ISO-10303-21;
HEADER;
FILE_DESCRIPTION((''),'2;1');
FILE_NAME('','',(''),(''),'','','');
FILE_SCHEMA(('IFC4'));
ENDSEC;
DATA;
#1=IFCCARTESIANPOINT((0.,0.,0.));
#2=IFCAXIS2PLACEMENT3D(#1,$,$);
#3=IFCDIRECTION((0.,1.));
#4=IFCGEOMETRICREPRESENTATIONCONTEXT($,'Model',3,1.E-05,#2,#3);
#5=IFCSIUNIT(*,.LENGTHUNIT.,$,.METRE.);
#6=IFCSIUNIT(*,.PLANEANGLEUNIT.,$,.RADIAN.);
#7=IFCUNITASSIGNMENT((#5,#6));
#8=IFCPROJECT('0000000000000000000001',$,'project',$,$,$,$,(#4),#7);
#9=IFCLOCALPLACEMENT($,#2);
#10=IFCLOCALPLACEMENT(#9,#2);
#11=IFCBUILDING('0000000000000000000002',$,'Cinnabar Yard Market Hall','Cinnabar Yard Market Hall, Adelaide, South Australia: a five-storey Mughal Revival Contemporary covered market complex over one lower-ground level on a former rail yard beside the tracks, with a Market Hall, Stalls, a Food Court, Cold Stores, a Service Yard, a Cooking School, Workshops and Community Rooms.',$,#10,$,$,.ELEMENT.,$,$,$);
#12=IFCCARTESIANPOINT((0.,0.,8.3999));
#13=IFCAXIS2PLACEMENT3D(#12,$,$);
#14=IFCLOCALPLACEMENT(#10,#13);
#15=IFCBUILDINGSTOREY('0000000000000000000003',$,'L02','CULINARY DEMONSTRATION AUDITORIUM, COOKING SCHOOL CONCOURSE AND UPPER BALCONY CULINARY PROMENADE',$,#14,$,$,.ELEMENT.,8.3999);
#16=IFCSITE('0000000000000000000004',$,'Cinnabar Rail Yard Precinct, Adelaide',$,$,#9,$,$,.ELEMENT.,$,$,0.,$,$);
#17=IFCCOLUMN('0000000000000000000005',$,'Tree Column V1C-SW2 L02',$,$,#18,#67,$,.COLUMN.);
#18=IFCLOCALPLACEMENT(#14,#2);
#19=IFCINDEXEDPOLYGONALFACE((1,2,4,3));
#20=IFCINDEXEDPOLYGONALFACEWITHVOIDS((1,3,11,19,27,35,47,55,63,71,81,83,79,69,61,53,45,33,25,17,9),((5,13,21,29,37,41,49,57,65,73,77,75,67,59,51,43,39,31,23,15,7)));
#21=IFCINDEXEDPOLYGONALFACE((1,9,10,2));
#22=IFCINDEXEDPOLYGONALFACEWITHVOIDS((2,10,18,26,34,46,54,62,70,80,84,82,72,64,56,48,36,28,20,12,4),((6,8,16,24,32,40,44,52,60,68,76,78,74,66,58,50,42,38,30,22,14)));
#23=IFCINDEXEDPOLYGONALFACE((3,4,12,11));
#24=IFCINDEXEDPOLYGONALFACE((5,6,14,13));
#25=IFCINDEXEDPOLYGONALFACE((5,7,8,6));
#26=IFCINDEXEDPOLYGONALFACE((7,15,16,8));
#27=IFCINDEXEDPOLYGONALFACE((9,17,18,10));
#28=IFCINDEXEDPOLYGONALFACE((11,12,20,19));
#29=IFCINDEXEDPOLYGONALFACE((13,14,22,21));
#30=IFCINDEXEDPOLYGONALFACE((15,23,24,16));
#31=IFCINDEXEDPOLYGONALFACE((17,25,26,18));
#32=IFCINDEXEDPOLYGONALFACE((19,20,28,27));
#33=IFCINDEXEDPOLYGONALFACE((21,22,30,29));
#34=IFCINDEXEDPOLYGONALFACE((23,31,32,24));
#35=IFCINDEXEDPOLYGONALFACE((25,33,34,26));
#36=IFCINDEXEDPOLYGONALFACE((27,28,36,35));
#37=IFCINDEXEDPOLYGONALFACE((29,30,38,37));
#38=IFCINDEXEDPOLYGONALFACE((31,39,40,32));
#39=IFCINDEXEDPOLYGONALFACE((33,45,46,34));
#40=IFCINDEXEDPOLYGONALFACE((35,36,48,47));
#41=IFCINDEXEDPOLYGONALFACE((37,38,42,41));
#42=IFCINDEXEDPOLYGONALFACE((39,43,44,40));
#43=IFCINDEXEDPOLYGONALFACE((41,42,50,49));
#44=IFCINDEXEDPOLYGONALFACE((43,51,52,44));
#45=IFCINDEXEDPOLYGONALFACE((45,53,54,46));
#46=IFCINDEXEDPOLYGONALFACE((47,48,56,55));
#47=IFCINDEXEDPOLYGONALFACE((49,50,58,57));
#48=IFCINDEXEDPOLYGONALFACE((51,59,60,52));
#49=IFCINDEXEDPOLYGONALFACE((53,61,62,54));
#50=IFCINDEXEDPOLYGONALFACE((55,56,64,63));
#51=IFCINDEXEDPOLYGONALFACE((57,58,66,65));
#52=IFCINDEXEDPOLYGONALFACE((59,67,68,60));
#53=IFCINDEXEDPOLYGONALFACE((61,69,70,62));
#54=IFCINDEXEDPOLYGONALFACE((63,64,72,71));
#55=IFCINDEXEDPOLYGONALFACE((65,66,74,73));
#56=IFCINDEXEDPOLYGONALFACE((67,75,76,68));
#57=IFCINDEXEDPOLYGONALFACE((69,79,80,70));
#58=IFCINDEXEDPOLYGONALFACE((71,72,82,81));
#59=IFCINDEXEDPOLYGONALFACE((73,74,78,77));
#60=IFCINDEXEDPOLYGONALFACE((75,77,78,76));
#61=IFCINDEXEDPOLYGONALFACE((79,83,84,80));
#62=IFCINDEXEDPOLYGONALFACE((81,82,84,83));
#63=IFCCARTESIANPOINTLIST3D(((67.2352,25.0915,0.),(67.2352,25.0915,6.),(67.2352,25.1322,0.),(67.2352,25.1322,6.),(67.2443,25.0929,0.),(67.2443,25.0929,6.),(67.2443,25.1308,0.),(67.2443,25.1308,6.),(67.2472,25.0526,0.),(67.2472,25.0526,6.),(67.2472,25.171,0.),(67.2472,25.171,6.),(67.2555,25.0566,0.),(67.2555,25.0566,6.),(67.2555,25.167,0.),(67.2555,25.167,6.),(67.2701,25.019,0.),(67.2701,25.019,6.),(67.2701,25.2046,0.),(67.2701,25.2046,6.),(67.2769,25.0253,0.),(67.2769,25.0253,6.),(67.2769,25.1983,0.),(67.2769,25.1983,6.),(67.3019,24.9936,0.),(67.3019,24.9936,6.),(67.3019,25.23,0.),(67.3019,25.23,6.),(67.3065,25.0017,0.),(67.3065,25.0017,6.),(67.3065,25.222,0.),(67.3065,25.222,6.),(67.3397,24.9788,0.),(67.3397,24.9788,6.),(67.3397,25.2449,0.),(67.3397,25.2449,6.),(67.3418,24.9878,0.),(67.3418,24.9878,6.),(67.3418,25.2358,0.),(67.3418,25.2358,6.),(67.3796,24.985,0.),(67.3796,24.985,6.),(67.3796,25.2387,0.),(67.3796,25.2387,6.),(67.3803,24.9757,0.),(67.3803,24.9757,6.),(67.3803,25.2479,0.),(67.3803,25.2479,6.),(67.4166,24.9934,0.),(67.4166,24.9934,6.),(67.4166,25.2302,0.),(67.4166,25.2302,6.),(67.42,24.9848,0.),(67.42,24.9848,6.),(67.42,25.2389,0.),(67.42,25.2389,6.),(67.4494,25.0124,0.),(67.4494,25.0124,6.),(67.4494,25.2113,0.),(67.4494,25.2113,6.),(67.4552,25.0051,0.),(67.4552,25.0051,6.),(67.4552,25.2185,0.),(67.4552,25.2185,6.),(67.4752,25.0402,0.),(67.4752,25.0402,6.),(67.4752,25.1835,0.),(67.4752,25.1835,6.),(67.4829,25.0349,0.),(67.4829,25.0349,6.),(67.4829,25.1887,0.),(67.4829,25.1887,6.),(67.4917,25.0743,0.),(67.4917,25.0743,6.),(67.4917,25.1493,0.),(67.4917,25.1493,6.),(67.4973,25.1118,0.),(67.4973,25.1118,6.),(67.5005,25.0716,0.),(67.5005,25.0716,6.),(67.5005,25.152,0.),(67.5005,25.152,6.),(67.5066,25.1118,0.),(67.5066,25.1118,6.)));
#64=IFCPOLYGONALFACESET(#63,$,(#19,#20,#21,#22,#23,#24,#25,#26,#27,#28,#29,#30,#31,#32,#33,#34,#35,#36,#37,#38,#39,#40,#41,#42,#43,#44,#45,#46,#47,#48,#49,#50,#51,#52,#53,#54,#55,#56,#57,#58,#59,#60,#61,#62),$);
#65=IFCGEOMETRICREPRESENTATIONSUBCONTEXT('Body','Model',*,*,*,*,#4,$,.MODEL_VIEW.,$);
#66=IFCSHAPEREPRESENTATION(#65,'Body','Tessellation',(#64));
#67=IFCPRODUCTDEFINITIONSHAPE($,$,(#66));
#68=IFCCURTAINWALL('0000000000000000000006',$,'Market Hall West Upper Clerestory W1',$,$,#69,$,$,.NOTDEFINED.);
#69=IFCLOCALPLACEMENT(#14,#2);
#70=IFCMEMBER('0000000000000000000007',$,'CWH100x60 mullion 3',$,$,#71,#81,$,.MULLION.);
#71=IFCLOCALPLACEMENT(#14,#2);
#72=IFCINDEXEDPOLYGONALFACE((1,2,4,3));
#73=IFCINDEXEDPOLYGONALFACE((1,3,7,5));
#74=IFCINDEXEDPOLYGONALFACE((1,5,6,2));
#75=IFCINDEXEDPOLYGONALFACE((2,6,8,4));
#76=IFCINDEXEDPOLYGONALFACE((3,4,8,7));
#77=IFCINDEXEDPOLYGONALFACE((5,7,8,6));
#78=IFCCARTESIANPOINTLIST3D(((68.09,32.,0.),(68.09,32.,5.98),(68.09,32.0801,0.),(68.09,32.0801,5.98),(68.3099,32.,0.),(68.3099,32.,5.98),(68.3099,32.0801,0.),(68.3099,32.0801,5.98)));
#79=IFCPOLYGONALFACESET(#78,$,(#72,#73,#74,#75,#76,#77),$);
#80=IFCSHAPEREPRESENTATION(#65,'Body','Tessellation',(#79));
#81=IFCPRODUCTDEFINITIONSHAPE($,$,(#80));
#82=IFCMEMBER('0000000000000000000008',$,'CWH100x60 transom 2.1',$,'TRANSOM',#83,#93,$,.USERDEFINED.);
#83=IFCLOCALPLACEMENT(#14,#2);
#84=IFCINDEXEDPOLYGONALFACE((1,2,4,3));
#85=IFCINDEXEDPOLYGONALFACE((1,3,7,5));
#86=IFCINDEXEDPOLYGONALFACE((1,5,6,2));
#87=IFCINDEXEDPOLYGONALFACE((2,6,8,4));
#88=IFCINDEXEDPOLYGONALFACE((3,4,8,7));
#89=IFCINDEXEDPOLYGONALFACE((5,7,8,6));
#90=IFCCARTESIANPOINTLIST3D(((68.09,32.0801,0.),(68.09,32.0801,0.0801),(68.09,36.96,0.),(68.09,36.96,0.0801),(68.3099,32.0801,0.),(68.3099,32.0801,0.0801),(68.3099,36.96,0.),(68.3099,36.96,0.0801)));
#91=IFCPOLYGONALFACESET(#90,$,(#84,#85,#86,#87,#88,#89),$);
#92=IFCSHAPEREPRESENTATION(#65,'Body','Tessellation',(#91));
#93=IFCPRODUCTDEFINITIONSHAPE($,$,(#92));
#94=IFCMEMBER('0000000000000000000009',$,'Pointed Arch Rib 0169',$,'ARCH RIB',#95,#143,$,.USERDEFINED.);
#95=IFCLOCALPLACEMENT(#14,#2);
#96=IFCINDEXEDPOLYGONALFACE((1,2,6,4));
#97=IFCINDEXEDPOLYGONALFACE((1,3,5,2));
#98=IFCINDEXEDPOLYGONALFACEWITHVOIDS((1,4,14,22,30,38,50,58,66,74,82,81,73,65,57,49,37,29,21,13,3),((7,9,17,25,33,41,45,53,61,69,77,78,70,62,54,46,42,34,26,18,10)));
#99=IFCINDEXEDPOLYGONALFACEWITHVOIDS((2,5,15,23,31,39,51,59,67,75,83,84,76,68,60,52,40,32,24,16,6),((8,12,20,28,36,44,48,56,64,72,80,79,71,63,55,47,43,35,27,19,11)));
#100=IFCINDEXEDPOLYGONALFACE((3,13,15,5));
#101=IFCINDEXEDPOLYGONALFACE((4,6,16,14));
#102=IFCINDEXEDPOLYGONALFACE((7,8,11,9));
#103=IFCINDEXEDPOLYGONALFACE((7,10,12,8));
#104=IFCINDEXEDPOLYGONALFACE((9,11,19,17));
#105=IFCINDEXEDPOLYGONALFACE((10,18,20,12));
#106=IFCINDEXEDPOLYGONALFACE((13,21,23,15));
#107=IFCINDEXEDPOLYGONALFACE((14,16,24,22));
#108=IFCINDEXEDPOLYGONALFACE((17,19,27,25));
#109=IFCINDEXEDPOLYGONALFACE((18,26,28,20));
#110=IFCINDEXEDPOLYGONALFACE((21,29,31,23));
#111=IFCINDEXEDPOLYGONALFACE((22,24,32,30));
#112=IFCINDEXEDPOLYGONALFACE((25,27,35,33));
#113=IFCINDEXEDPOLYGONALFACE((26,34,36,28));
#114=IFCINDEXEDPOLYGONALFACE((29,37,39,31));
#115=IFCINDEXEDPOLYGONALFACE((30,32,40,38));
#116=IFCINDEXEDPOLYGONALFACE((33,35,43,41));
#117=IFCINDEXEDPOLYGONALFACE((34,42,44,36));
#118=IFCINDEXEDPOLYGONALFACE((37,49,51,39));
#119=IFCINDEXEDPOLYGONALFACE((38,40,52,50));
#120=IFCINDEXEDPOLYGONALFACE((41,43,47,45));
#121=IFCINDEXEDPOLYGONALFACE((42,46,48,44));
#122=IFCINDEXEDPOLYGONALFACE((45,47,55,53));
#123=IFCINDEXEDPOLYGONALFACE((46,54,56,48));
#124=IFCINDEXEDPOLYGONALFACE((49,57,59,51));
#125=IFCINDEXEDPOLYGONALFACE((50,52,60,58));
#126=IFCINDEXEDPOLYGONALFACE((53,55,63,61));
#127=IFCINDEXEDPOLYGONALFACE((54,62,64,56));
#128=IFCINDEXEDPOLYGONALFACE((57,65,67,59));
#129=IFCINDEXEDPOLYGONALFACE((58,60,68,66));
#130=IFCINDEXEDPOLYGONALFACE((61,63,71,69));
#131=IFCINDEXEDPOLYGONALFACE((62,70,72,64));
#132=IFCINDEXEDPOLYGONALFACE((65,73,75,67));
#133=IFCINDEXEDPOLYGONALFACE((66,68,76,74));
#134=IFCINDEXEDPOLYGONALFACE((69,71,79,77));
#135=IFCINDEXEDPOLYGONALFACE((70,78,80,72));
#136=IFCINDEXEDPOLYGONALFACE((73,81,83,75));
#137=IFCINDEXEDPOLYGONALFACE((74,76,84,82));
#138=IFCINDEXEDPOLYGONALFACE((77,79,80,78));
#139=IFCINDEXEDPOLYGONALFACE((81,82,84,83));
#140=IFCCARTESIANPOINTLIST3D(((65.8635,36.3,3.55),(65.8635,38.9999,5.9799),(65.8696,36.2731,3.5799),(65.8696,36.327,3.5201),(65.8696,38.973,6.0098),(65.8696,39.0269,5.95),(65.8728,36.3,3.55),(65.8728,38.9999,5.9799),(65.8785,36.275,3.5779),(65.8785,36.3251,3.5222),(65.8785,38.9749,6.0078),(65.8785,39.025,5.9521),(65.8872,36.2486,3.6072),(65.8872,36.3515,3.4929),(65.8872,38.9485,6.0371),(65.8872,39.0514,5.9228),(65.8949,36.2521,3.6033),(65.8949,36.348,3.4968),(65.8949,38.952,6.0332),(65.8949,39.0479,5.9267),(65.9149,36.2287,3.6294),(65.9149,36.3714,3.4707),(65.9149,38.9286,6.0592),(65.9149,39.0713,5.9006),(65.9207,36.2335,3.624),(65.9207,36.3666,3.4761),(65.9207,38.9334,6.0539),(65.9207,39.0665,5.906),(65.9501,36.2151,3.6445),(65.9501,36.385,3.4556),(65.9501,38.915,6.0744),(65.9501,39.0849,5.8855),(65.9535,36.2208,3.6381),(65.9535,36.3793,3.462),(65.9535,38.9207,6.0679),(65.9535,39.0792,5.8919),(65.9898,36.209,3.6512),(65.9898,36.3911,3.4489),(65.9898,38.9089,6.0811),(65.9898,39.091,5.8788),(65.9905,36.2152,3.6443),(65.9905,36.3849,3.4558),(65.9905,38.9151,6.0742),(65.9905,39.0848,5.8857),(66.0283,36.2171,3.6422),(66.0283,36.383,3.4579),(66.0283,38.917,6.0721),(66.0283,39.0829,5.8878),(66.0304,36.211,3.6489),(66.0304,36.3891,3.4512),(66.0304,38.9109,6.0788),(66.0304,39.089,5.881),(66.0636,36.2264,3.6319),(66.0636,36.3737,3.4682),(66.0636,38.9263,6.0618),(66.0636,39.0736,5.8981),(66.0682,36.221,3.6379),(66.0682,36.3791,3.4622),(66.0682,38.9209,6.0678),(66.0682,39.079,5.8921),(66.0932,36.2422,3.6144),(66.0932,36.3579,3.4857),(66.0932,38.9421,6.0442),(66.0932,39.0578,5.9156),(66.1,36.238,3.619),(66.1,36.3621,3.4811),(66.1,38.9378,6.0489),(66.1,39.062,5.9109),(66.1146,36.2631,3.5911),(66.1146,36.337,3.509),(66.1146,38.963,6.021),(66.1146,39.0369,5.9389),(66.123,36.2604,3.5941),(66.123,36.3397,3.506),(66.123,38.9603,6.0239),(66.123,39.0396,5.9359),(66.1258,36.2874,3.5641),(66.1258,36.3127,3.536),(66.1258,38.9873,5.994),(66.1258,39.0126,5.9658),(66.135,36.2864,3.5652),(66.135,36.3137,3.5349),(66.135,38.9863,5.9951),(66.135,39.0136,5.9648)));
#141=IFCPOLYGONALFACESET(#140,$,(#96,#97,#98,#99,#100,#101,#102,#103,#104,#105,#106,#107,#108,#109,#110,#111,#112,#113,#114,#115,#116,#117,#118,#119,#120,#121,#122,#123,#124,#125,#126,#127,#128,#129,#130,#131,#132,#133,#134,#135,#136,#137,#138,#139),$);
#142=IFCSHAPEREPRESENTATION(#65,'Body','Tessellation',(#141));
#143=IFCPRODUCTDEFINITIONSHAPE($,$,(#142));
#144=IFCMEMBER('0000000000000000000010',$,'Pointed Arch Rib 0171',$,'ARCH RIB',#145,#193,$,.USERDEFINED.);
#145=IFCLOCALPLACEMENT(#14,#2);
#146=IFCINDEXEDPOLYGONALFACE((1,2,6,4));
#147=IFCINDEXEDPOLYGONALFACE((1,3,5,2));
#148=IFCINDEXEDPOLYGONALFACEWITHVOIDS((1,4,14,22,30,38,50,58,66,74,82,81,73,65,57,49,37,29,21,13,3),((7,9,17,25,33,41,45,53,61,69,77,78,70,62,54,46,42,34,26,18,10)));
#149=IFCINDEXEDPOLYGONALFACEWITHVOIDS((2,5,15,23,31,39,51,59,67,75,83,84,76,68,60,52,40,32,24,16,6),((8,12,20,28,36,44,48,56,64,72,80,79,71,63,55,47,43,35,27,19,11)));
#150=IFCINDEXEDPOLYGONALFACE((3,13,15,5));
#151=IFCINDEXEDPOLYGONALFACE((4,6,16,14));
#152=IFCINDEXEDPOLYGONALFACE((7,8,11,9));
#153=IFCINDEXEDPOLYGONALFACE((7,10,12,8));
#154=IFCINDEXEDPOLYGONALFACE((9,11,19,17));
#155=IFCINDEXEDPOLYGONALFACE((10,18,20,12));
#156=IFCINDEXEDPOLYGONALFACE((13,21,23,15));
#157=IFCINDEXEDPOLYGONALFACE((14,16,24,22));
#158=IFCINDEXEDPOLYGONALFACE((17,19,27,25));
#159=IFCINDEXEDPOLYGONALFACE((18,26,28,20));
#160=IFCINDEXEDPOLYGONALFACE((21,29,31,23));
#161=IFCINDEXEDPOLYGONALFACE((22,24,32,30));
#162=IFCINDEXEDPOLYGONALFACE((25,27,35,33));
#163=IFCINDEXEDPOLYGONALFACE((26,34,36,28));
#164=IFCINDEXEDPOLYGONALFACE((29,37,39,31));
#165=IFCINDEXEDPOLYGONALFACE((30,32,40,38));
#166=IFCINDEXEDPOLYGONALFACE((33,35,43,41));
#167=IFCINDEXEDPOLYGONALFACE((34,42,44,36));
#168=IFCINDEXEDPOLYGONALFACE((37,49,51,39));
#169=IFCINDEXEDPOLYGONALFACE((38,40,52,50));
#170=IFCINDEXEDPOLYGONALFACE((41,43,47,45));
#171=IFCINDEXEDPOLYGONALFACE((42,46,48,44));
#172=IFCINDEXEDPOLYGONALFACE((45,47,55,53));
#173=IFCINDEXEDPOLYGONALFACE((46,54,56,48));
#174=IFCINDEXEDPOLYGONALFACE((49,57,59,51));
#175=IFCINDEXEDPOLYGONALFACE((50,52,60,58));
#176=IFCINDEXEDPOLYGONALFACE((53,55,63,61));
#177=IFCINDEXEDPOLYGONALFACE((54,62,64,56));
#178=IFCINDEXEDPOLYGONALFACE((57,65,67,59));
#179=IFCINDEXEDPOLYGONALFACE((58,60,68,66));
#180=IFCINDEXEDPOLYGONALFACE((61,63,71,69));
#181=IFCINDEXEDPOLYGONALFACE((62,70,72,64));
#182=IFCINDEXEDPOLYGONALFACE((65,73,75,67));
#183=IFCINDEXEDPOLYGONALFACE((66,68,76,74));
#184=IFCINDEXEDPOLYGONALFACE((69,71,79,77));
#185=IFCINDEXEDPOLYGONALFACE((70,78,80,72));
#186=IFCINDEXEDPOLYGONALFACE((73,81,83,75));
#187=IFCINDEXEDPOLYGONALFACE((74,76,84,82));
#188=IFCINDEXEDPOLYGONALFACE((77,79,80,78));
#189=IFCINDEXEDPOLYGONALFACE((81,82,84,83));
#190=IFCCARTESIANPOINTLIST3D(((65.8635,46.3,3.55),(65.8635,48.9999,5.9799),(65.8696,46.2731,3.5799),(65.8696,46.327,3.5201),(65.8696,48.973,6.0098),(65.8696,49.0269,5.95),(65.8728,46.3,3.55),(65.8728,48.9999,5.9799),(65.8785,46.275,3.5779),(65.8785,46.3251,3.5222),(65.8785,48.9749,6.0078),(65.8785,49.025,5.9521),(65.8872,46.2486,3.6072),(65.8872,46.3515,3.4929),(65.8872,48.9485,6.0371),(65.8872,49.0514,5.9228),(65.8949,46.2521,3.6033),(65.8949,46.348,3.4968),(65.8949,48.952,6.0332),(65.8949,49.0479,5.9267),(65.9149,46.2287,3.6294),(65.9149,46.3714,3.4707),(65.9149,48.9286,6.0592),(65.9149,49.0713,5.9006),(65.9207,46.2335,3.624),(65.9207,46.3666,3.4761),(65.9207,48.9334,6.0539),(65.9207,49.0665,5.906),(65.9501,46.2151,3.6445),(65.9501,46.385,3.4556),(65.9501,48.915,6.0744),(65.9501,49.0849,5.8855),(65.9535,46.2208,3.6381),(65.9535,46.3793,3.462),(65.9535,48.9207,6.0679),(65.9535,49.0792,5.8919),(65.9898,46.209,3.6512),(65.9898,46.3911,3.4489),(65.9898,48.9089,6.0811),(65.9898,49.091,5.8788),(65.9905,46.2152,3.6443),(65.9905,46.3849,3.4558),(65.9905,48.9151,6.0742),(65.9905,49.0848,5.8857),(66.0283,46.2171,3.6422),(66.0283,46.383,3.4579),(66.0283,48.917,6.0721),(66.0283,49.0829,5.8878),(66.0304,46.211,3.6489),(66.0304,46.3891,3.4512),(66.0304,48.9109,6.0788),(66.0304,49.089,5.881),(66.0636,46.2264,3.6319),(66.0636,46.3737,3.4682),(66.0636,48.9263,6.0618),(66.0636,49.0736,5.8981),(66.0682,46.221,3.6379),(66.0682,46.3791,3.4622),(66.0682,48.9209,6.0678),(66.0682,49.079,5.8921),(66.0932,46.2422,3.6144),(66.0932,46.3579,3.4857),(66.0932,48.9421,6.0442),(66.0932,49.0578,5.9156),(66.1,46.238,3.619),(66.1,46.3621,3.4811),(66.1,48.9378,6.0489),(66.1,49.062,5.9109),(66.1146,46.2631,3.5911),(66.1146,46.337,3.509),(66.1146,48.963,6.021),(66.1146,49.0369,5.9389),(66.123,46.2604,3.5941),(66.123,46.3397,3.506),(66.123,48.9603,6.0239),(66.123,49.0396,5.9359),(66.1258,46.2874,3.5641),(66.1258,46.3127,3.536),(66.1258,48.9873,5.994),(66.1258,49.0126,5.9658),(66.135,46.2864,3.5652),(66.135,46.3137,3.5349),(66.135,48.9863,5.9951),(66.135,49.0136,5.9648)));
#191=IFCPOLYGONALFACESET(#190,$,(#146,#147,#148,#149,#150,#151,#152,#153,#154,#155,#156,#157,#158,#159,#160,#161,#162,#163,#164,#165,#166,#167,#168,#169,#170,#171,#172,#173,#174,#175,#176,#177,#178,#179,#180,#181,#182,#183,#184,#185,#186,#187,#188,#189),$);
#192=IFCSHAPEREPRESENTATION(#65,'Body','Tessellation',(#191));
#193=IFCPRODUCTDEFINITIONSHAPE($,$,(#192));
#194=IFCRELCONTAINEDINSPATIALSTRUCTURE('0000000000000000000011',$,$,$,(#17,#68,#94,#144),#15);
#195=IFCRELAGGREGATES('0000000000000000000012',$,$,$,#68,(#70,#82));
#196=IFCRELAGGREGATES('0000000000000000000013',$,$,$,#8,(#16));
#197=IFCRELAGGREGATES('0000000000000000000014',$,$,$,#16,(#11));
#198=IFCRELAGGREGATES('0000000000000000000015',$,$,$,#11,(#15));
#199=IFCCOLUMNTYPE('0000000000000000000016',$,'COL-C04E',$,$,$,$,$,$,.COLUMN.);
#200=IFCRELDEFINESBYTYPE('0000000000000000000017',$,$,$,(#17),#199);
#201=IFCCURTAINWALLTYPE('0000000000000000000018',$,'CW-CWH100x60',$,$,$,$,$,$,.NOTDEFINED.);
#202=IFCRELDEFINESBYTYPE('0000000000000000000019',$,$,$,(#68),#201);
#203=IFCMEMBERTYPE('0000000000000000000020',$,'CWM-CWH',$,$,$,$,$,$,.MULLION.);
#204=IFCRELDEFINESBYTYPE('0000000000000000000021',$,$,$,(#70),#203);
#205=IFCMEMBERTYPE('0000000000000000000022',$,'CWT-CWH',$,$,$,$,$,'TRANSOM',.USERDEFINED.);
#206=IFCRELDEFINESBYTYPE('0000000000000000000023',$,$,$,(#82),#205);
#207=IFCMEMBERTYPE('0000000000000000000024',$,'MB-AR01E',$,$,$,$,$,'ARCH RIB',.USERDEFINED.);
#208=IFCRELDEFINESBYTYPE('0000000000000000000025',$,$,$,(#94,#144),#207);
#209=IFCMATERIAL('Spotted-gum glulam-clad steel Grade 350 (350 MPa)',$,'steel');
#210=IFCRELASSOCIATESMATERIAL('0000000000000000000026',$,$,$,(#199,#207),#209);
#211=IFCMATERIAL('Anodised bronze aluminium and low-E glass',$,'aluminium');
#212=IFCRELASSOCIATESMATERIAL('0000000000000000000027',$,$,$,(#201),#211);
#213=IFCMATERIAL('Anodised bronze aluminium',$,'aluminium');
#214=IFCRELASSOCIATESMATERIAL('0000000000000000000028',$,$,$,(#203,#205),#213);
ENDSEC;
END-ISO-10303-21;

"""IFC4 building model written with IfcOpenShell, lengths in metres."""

from ifc_helpers import new_model, si_unit, direction, frame, origin, origin_2d_with_axis, place, context, subcontext, project, spatial, rectangle, hollow_circle, extrude, material, material_profile, profile_set, type_object, element, aggregate, save


model = new_model("IFC4")

# Units and contexts
model_context = context("Model", 3, precision=1e-05, world=origin(), true_north=direction((0.0, 1.0)))
body_context = subcontext(model_context, "Body", "Model", "MODEL_VIEW")
ifc_project = project(units=[si_unit("LENGTHUNIT", "METRE"), si_unit("PLANEANGLEUNIT", "RADIAN")], contexts=[model_context])

# Site, building, storey
site_placement = place(None, origin())
site = spatial("IfcSite", under=ifc_project, at=site_placement, Name="Cinnabar Rail Yard Precinct, Adelaide", CompositionType="ELEMENT", RefElevation=0.0)
building_placement = place(site_placement, origin())
building = spatial("IfcBuilding", under=site, at=building_placement, Name="Cinnabar Yard Market Hall", Description="Cinnabar Yard Market Hall, Adelaide, South Australia: a five-storey Mughal Revival Contemporary covered market complex over one lower-ground level on a former rail yard beside the tracks, with a Market Hall, Stalls, a Food Court, Cold Stores, a Service Yard, a Cooking School, Workshops and Community Rooms.", CompositionType="ELEMENT")
storey_placement = place(building_placement, frame((0.0, 0.0, 8.3999)))
storey = spatial("IfcBuildingStorey", under=building, at=storey_placement, Name="L02", Description="CULINARY DEMONSTRATION AUDITORIUM, COOKING SCHOOL CONCOURSE AND UPPER BALCONY CULINARY PROMENADE", CompositionType="ELEMENT", Elevation=8.3999)

# Column
ifc_material_1 = material(Name="Spotted-gum glulam-clad steel Grade 350 (350 MPa)", Category="steel")
ifc_material_profile_1 = material_profile(ifc_material_1, hollow_circle(Radius=0.1365, WallThickness=0.0093, at=origin_2d_with_axis()), Name="273.1x9.3CHS")
ifc_profile_set_1 = profile_set([ifc_material_profile_1], Name="Spotted-gum glulam-clad steel Grade 350 (350 MPa)")
column_type_1 = type_object("IfcColumnType", Name="COL-C04E", PredefinedType="COLUMN", material=ifc_profile_set_1)
column_placement = place(storey_placement, frame((67.3701, 25.1118, 0.0), z_axis=(0.0, 0.0, 1.0), x_axis=(1.0, 0.0, 0.0)))
element("IfcColumn", 1, at=column_placement, inside=storey, type_object=column_type_1, Name="Tree Column V1C-SW2 L02", PredefinedType="COLUMN", context=body_context, shape_type="SweptSolid", body=[
    extrude(hollow_circle(Radius=0.1365, WallThickness=0.0093, at=origin_2d_with_axis()), origin(), (0.0, 0.0, 1.0), 6.0),
])

# Curtain wall, members
ifc_material_2 = material(Name="Anodised bronze aluminium and low-E glass", Category="aluminium")
curtain_wall_type = type_object("IfcCurtainWallType", Name="CW-CWH100x60", PredefinedType="NOTDEFINED", material=ifc_material_2)
curtain_wall_placement = place(storey_placement, origin())
curtain_wall = element("IfcCurtainWall", 2, at=curtain_wall_placement, inside=storey, type_object=curtain_wall_type, Name="Market Hall West Upper Clerestory W1", PredefinedType="NOTDEFINED")
ifc_material_3 = material(Name="Anodised bronze aluminium", Category="aluminium")
ifc_material_profile_2 = material_profile(ifc_material_3, rectangle(XDim=0.22, YDim=0.0801, at=origin_2d_with_axis()), Name="MUL-CWH")
ifc_profile_set_2 = profile_set([ifc_material_profile_2], Name="Anodised bronze aluminium")
member_type_1 = type_object("IfcMemberType", Name="CWM-CWH", PredefinedType="MULLION", material=ifc_profile_set_2)
member_1_placement = place(storey_placement, frame((68.2, 32.04, 0.0), z_axis=(0.0, 0.0, 1.0), x_axis=(1.0, 0.0, 0.0)))
member_1 = element("IfcMember", 3, at=member_1_placement, type_object=member_type_1, Name="CWH100x60 mullion 3", PredefinedType="MULLION", context=body_context, shape_type="SweptSolid", body=[
    extrude(rectangle(XDim=0.22, YDim=0.0801, at=origin_2d_with_axis()), origin(), (0.0, 0.0, 1.0), 5.98),
])
ifc_material_profile_3 = material_profile(ifc_material_3, rectangle(XDim=0.22, YDim=0.0801, at=origin_2d_with_axis()), Name="TRN-CWH")
ifc_profile_set_3 = profile_set([ifc_material_profile_3], Name="Anodised bronze aluminium")
member_type_2 = type_object("IfcMemberType", Name="CWT-CWH", ElementType="TRANSOM", PredefinedType="USERDEFINED", material=ifc_profile_set_3)
member_2_placement = place(storey_placement, frame((68.2, 36.96, 0.04), z_axis=(0.0, -1.0, 0.0), x_axis=(1.0, 0.0, 0.0)))
member_2 = element("IfcMember", 4, at=member_2_placement, type_object=member_type_2, Name="CWH100x60 transom 2.1", ObjectType="TRANSOM", PredefinedType="USERDEFINED", context=body_context, shape_type="SweptSolid", body=[
    extrude(rectangle(XDim=0.22, YDim=0.0801, at=origin_2d_with_axis()), origin(), (0.0, 0.0, 1.0), 4.8799),
])

# Members
ifc_material_profile_4 = material_profile(ifc_material_1, hollow_circle(Radius=0.1365, WallThickness=0.0093, at=origin_2d_with_axis()), Name="273.1x9.3CHS")
ifc_profile_set_4 = profile_set([ifc_material_profile_4], Name="Spotted-gum glulam-clad steel Grade 350 (350 MPa)")
member_type_3 = type_object("IfcMemberType", Name="MB-AR01E", ElementType="ARCH RIB", PredefinedType="USERDEFINED", material=ifc_profile_set_4)
for number, where, z_axis, x_axis, name in (
    (5, (66.0, 36.3, 3.55), (0.0, 0.743297, 0.668961), (-1.0, 0.0, 0.0), "Pointed Arch Rib 0169"),
    (6, (66.0, 46.3, 3.55), (0.0, 0.743297, 0.668961), (-1.0, 0.0, 0.0), "Pointed Arch Rib 0171"),
):
    element("IfcMember", number, at=place(storey_placement, frame(where, z_axis=z_axis, x_axis=x_axis)), inside=storey, type_object=member_type_3, Name=name, ObjectType="ARCH RIB", PredefinedType="USERDEFINED", context=body_context, shape_type="SweptSolid", body=[
        extrude(hollow_circle(Radius=0.1365, WallThickness=0.0093, at=origin_2d_with_axis()), origin(), (0.0, 0.0, 1.0), 3.6323),
    ])

aggregate(curtain_wall, [member_1, member_2])

save(model, "model.ifc")
